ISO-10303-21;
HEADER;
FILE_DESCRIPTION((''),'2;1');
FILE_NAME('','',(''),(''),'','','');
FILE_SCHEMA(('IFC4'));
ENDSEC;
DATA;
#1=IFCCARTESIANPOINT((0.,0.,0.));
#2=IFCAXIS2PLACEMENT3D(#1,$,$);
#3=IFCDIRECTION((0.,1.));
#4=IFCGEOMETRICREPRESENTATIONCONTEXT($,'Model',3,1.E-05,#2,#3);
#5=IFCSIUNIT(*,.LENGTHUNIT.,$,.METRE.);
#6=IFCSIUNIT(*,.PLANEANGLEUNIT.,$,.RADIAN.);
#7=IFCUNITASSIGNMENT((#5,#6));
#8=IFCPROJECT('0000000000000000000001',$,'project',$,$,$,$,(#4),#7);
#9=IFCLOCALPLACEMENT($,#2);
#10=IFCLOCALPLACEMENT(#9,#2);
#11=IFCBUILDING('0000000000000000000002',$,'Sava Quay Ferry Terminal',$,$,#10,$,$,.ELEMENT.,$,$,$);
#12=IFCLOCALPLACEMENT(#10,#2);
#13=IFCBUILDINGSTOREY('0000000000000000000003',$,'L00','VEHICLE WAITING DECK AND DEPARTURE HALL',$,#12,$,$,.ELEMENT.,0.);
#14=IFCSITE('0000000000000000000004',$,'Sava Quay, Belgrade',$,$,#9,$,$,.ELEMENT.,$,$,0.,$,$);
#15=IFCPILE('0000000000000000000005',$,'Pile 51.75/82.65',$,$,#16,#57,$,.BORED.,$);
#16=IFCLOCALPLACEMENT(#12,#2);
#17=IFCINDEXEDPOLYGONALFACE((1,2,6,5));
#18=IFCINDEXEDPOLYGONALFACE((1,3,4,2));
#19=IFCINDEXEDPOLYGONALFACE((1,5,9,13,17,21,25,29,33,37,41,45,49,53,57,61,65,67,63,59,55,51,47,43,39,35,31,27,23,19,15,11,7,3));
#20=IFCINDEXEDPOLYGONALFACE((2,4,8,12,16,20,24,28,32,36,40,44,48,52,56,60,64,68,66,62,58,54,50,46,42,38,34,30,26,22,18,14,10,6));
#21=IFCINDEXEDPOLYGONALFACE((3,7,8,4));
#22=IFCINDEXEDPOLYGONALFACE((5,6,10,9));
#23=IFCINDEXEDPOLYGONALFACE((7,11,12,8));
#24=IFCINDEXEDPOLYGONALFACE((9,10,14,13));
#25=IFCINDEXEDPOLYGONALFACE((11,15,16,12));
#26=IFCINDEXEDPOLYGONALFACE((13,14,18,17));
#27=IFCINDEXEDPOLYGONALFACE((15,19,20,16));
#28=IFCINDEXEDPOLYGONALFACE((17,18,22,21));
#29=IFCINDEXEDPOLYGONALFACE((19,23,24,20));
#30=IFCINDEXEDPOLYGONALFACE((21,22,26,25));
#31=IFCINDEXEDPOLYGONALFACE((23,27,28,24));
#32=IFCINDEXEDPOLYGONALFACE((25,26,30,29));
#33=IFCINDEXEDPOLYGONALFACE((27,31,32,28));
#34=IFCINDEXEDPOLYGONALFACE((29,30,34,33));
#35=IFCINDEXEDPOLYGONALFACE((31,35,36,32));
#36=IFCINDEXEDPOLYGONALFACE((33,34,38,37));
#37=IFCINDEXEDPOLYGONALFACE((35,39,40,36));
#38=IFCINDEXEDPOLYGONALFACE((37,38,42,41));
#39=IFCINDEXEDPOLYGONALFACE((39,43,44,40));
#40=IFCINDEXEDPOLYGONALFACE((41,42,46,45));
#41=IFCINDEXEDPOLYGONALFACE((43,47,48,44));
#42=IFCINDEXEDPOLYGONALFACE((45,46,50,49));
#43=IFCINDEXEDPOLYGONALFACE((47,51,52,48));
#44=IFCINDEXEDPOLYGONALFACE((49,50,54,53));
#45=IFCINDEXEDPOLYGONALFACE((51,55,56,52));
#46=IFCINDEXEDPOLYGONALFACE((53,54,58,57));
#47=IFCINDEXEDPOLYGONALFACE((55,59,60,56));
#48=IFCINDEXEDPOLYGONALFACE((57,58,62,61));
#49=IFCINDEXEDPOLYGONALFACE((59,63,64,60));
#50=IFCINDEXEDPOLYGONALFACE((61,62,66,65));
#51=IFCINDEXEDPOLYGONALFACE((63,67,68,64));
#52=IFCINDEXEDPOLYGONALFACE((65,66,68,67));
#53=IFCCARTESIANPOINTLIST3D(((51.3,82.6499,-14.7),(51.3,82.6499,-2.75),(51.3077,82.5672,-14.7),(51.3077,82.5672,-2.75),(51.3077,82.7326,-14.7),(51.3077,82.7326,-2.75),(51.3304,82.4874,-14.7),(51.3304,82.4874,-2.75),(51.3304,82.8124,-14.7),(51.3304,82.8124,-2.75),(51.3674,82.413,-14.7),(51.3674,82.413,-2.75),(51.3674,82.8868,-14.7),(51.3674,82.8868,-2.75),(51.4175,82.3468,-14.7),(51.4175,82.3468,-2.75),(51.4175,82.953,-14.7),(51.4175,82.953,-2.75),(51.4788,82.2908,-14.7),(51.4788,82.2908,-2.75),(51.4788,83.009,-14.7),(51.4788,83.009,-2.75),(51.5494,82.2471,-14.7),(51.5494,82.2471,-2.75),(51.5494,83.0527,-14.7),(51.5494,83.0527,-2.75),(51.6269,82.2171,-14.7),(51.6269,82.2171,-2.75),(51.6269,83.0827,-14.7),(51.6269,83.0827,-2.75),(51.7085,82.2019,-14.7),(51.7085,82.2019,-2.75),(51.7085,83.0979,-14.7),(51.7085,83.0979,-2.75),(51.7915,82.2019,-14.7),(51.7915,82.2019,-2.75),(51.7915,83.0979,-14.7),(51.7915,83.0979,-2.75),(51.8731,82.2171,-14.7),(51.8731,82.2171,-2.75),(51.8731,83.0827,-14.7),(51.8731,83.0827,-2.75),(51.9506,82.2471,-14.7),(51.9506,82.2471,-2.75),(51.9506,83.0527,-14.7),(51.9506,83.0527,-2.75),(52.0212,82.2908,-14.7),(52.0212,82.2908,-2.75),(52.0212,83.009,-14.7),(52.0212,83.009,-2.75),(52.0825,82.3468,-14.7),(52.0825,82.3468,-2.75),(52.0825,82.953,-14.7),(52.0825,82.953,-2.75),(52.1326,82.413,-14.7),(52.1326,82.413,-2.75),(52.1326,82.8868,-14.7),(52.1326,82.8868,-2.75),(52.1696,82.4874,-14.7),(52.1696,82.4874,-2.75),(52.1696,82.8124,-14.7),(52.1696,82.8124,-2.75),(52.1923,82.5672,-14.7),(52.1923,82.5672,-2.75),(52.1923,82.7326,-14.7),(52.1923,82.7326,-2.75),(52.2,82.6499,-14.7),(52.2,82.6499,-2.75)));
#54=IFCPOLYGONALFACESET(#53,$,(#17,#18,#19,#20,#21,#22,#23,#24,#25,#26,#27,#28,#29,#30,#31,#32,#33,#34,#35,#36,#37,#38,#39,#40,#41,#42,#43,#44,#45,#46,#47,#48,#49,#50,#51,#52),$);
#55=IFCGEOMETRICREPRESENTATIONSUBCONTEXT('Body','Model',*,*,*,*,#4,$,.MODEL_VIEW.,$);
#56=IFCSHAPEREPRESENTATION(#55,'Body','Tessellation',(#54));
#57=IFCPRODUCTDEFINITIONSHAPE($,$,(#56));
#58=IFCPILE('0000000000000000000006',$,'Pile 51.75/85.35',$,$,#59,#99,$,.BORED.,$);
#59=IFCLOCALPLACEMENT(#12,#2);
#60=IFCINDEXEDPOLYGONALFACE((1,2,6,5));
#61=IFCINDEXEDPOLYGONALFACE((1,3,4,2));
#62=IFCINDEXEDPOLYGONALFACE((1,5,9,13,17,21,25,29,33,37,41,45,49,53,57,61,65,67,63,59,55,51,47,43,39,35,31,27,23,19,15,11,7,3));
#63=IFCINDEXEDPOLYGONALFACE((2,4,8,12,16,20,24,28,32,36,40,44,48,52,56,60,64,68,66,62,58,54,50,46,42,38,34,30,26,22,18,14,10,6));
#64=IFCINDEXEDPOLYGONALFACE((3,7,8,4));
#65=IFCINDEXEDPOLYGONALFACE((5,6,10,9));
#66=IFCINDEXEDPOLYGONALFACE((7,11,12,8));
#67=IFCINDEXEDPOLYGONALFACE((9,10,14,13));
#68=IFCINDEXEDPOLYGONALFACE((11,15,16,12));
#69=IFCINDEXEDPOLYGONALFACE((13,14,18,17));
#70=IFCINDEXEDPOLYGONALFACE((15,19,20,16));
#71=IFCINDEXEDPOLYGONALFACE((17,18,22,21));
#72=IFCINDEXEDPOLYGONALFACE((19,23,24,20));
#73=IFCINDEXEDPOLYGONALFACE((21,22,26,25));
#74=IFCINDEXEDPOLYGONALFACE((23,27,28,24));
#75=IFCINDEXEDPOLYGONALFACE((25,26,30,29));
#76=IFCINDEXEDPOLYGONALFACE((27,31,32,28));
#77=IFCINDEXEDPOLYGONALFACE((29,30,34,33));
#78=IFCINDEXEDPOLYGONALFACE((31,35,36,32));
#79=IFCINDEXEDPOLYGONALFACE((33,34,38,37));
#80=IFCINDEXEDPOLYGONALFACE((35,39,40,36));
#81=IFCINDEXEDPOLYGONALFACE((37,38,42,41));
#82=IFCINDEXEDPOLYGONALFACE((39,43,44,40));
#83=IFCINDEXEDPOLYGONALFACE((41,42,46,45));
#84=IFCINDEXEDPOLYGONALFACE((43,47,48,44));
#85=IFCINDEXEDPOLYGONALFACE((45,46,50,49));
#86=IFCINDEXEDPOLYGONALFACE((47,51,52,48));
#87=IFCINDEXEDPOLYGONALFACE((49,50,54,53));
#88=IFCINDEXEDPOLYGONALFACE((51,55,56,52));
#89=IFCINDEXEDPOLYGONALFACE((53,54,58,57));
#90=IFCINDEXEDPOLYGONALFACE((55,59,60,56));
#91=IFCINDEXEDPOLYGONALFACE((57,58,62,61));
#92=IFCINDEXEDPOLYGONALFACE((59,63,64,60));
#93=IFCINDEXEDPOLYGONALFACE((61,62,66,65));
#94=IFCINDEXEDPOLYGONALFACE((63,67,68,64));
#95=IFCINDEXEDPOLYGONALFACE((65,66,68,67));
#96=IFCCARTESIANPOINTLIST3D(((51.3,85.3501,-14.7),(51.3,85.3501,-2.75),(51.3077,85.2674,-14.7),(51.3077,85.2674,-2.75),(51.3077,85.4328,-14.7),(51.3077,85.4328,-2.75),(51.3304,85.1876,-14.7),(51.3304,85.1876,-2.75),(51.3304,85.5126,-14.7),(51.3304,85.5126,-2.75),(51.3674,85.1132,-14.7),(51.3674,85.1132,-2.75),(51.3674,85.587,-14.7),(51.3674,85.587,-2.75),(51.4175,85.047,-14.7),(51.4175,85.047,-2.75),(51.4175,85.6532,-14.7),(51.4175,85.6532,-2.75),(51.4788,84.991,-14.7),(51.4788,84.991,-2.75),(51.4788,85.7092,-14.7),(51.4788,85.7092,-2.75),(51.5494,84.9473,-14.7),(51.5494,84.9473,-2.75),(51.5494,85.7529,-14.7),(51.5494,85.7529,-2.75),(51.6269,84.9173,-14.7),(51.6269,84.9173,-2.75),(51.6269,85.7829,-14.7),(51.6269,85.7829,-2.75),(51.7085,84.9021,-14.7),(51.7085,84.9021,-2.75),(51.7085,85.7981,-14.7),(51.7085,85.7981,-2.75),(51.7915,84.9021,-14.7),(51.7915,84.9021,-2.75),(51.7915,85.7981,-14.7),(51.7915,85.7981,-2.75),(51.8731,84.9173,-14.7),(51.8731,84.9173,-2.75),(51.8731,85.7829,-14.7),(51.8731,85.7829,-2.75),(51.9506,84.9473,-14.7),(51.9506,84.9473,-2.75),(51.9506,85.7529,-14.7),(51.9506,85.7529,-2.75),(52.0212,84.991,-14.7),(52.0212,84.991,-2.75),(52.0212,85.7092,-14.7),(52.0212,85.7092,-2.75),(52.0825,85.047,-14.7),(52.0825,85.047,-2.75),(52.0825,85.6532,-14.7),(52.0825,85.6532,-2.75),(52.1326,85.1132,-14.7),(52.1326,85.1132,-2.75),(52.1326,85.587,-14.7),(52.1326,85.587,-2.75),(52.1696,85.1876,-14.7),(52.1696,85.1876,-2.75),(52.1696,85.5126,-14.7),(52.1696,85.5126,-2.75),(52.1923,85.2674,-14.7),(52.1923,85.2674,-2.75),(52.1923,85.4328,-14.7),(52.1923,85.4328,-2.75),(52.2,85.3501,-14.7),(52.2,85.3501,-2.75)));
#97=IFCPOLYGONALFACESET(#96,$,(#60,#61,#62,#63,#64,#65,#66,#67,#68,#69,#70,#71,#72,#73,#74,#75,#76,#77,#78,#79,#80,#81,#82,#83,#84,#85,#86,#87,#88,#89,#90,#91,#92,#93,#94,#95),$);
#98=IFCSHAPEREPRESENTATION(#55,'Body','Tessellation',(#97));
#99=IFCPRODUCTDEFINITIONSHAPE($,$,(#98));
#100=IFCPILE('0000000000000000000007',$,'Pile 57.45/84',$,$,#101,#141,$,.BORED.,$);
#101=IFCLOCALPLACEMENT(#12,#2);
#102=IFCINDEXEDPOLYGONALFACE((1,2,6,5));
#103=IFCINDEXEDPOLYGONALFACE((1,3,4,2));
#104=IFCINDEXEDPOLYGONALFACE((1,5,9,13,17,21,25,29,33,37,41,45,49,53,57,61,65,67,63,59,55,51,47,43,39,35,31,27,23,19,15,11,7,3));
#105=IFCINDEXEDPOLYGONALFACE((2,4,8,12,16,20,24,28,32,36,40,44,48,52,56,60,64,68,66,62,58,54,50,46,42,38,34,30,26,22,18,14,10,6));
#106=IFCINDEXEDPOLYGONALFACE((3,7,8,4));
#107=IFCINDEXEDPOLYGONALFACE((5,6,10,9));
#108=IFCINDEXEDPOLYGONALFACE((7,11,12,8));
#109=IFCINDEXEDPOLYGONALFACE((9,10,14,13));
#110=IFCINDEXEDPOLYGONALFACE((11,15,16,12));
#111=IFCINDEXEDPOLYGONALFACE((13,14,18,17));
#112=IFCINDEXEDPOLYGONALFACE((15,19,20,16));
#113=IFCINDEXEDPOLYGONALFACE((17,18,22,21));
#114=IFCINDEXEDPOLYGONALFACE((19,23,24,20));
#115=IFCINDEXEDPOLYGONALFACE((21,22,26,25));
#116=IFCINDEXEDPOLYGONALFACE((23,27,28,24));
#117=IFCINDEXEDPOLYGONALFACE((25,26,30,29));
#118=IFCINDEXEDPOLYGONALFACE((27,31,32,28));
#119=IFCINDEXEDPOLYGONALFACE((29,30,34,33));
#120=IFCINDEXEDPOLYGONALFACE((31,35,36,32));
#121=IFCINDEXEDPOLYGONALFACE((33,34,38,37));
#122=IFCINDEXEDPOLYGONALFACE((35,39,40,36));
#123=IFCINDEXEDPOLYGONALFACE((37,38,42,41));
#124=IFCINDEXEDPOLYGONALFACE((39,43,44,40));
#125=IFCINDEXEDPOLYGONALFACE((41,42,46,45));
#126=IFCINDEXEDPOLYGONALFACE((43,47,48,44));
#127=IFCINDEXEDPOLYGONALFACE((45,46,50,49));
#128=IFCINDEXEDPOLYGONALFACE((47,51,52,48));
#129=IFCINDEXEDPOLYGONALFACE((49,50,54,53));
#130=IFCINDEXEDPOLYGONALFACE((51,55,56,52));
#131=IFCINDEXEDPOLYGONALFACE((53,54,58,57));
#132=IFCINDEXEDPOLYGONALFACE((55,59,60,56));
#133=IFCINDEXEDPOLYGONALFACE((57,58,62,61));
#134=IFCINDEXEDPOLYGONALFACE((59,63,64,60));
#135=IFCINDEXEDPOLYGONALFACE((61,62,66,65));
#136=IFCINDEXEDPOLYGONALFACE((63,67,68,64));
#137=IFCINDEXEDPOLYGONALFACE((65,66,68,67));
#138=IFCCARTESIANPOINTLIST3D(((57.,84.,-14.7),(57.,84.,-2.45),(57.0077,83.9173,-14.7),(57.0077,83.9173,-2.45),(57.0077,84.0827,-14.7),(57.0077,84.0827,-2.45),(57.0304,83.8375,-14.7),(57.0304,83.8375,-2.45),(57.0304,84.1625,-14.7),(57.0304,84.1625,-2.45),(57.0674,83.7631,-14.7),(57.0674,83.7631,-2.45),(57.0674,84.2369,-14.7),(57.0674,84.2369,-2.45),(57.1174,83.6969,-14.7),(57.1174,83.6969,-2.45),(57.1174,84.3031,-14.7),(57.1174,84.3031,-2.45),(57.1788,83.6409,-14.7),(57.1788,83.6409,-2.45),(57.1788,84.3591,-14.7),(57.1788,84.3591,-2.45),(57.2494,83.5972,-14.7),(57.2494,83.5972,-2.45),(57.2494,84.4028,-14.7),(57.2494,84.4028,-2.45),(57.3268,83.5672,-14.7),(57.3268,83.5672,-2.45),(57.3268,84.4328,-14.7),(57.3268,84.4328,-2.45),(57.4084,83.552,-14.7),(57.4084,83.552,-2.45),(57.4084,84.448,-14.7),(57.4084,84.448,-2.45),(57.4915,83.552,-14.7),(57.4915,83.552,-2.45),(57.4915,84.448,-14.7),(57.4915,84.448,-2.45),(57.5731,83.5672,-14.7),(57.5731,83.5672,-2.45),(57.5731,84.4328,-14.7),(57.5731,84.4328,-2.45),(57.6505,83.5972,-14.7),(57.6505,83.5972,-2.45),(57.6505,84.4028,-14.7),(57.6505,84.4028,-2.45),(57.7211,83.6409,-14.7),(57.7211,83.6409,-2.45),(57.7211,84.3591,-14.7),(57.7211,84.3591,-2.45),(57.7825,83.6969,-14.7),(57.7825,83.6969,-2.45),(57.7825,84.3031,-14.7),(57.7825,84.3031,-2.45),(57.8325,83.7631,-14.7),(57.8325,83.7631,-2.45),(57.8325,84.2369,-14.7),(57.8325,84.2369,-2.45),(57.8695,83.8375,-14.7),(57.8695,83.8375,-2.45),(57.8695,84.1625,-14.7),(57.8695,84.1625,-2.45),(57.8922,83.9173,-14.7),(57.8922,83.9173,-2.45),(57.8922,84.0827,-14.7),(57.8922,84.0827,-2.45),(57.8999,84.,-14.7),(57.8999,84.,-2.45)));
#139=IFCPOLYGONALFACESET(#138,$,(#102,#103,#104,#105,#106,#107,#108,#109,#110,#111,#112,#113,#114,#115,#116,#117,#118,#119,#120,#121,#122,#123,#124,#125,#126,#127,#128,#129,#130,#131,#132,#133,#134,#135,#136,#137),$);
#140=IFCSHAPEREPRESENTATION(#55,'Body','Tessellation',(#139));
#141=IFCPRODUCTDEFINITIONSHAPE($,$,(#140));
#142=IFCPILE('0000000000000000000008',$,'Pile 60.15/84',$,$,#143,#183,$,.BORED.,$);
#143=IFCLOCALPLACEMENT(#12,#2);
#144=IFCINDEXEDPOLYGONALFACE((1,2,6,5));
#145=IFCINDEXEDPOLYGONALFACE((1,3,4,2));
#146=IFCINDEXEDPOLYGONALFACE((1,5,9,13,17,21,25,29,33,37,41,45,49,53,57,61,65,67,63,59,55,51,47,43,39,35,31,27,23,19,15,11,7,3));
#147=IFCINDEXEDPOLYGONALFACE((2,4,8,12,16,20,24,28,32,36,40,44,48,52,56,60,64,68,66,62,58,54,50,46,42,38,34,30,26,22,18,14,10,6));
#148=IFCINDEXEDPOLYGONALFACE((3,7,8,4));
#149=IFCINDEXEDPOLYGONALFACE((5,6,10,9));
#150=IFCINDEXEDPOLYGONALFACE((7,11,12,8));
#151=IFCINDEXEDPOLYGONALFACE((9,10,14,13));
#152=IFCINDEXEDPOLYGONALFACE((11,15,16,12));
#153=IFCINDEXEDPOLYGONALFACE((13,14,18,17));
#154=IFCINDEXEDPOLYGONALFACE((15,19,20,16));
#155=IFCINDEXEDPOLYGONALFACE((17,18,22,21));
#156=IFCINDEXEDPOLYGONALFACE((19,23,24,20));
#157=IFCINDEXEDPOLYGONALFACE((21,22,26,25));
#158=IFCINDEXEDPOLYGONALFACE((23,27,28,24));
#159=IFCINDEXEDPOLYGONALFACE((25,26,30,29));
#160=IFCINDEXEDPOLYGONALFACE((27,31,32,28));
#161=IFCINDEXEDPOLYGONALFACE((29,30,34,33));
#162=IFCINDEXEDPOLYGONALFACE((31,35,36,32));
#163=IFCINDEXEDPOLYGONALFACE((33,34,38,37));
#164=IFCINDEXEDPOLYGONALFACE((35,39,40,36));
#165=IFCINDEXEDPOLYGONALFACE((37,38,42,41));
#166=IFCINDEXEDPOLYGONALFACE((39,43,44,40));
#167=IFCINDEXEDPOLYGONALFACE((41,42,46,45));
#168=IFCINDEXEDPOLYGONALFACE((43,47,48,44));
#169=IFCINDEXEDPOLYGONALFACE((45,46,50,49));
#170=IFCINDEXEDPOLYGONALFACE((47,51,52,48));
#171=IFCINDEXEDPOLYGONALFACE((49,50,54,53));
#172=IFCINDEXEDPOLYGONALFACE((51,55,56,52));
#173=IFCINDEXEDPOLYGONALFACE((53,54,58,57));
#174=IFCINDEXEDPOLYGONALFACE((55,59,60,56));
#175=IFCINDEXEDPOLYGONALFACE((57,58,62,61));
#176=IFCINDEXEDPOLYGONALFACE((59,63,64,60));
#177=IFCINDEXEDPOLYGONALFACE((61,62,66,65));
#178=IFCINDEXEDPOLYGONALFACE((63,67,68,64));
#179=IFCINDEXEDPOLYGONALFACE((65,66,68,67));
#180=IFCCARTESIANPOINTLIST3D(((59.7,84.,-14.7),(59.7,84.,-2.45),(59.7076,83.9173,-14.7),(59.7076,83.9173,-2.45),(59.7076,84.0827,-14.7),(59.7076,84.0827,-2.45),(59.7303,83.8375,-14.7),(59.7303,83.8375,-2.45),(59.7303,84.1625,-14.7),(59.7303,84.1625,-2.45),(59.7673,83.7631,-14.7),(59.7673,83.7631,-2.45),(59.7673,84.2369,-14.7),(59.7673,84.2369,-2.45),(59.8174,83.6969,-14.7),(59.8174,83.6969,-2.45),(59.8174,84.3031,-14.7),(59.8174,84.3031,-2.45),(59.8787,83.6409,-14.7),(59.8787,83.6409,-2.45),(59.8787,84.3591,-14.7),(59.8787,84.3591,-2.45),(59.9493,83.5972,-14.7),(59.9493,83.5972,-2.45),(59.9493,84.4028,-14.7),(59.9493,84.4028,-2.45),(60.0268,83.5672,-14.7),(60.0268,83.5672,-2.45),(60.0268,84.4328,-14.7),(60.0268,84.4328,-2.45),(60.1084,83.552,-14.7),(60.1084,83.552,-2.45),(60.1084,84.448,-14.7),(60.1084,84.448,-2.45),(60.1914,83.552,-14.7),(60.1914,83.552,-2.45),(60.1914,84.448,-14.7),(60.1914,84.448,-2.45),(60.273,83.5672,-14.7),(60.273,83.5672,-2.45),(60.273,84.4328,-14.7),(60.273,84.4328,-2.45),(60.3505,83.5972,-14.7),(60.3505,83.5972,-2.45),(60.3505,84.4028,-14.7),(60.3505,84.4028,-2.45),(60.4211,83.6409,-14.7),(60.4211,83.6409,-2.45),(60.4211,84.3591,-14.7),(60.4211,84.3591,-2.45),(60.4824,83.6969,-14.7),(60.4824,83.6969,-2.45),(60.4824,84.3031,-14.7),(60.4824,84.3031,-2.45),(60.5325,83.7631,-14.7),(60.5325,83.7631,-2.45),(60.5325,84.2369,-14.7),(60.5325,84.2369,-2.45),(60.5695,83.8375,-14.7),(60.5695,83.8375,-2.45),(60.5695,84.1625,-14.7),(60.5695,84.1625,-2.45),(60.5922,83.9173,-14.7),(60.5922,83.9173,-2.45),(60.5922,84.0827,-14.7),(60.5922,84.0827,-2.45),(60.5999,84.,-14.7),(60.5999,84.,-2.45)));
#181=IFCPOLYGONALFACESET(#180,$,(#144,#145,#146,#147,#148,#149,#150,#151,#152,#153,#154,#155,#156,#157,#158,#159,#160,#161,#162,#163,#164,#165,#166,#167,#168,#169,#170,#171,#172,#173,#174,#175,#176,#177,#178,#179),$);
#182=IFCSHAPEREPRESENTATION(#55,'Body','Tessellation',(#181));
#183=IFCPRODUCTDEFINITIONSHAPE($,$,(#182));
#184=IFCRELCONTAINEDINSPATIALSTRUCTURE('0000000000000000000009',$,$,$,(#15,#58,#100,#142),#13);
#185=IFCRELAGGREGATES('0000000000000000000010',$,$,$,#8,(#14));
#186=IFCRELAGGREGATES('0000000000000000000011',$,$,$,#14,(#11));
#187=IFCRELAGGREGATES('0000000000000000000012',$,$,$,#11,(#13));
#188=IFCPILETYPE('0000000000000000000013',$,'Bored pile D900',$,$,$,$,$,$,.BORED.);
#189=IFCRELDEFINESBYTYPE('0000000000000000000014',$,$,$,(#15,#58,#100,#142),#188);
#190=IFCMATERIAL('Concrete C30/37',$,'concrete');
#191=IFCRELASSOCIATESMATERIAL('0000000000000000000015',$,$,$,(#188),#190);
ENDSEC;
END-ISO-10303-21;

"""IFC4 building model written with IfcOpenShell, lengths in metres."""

from ifc_helpers import new_model, si_unit, direction, frame, origin, origin_2d, place, context, subcontext, project, spatial, circle, extrude, material, material_profile, profile_set, type_object, element, save


model = new_model("IFC4")

# Units and contexts
model_context = context("Model", 3, precision=1e-05, world=origin(), true_north=direction((0.0, 1.0)))
body_context = subcontext(model_context, "Body", "Model", "MODEL_VIEW")
ifc_project = project(units=[si_unit("LENGTHUNIT", "METRE"), si_unit("PLANEANGLEUNIT", "RADIAN")], contexts=[model_context])

# Site, building, storey
site_placement = place(None, origin())
site = spatial("IfcSite", under=ifc_project, at=site_placement, Name="Sava Quay, Belgrade", CompositionType="ELEMENT", RefElevation=0.0)
building_placement = place(site_placement, origin())
building = spatial("IfcBuilding", under=site, at=building_placement, Name="Sava Quay Ferry Terminal", CompositionType="ELEMENT")
storey_placement = place(building_placement, origin())
storey = spatial("IfcBuildingStorey", under=building, at=storey_placement, Name="L00", Description="VEHICLE WAITING DECK AND DEPARTURE HALL", CompositionType="ELEMENT", Elevation=0.0)

# Piles
ifc_material_1 = material(Name="Concrete C30/37", Category="concrete")
ifc_material_profile_1 = material_profile(ifc_material_1, circle(Radius=0.45, at=origin_2d()), Name="Bored pile D900")
ifc_profile_set_1 = profile_set([ifc_material_profile_1], Name="Concrete C30/37")
pile_type = type_object("IfcPileType", Name="Bored pile D900", PredefinedType="BORED", material=ifc_profile_set_1)
for number, where, z_axis, x_axis, name in (
    (1, (51.75, 82.6499, -2.75), (0.0, 0.0, -1.0), (1.0, 0.0, 0.0), "Pile 51.75/82.65"),
    (2, (51.75, 85.3501, -2.75), (0.0, 0.0, -1.0), (1.0, 0.0, 0.0), "Pile 51.75/85.35"),
):
    element("IfcPile", number, at=place(storey_placement, frame(where, z_axis=z_axis, x_axis=x_axis)), inside=storey, type_object=pile_type, Name=name, PredefinedType="BORED", context=body_context, shape_type="SweptSolid", body=[
        extrude(circle(Radius=0.45, at=origin_2d()), origin(), (0.0, 0.0, 1.0), 11.95),
    ])
for number, where, z_axis, x_axis, name in (
    (3, (57.45, 84.0, -2.45), (0.0, 0.0, -1.0), (1.0, 0.0, 0.0), "Pile 57.45/84"),
    (4, (60.1499, 84.0, -2.45), (0.0, 0.0, -1.0), (1.0, 0.0, 0.0), "Pile 60.15/84"),
):
    element("IfcPile", number, at=place(storey_placement, frame(where, z_axis=z_axis, x_axis=x_axis)), inside=storey, type_object=pile_type, Name=name, PredefinedType="BORED", context=body_context, shape_type="SweptSolid", body=[
        extrude(circle(Radius=0.45, at=origin_2d()), origin(), (0.0, 0.0, 1.0), 12.25),
    ])

save(model, "model.ifc")
